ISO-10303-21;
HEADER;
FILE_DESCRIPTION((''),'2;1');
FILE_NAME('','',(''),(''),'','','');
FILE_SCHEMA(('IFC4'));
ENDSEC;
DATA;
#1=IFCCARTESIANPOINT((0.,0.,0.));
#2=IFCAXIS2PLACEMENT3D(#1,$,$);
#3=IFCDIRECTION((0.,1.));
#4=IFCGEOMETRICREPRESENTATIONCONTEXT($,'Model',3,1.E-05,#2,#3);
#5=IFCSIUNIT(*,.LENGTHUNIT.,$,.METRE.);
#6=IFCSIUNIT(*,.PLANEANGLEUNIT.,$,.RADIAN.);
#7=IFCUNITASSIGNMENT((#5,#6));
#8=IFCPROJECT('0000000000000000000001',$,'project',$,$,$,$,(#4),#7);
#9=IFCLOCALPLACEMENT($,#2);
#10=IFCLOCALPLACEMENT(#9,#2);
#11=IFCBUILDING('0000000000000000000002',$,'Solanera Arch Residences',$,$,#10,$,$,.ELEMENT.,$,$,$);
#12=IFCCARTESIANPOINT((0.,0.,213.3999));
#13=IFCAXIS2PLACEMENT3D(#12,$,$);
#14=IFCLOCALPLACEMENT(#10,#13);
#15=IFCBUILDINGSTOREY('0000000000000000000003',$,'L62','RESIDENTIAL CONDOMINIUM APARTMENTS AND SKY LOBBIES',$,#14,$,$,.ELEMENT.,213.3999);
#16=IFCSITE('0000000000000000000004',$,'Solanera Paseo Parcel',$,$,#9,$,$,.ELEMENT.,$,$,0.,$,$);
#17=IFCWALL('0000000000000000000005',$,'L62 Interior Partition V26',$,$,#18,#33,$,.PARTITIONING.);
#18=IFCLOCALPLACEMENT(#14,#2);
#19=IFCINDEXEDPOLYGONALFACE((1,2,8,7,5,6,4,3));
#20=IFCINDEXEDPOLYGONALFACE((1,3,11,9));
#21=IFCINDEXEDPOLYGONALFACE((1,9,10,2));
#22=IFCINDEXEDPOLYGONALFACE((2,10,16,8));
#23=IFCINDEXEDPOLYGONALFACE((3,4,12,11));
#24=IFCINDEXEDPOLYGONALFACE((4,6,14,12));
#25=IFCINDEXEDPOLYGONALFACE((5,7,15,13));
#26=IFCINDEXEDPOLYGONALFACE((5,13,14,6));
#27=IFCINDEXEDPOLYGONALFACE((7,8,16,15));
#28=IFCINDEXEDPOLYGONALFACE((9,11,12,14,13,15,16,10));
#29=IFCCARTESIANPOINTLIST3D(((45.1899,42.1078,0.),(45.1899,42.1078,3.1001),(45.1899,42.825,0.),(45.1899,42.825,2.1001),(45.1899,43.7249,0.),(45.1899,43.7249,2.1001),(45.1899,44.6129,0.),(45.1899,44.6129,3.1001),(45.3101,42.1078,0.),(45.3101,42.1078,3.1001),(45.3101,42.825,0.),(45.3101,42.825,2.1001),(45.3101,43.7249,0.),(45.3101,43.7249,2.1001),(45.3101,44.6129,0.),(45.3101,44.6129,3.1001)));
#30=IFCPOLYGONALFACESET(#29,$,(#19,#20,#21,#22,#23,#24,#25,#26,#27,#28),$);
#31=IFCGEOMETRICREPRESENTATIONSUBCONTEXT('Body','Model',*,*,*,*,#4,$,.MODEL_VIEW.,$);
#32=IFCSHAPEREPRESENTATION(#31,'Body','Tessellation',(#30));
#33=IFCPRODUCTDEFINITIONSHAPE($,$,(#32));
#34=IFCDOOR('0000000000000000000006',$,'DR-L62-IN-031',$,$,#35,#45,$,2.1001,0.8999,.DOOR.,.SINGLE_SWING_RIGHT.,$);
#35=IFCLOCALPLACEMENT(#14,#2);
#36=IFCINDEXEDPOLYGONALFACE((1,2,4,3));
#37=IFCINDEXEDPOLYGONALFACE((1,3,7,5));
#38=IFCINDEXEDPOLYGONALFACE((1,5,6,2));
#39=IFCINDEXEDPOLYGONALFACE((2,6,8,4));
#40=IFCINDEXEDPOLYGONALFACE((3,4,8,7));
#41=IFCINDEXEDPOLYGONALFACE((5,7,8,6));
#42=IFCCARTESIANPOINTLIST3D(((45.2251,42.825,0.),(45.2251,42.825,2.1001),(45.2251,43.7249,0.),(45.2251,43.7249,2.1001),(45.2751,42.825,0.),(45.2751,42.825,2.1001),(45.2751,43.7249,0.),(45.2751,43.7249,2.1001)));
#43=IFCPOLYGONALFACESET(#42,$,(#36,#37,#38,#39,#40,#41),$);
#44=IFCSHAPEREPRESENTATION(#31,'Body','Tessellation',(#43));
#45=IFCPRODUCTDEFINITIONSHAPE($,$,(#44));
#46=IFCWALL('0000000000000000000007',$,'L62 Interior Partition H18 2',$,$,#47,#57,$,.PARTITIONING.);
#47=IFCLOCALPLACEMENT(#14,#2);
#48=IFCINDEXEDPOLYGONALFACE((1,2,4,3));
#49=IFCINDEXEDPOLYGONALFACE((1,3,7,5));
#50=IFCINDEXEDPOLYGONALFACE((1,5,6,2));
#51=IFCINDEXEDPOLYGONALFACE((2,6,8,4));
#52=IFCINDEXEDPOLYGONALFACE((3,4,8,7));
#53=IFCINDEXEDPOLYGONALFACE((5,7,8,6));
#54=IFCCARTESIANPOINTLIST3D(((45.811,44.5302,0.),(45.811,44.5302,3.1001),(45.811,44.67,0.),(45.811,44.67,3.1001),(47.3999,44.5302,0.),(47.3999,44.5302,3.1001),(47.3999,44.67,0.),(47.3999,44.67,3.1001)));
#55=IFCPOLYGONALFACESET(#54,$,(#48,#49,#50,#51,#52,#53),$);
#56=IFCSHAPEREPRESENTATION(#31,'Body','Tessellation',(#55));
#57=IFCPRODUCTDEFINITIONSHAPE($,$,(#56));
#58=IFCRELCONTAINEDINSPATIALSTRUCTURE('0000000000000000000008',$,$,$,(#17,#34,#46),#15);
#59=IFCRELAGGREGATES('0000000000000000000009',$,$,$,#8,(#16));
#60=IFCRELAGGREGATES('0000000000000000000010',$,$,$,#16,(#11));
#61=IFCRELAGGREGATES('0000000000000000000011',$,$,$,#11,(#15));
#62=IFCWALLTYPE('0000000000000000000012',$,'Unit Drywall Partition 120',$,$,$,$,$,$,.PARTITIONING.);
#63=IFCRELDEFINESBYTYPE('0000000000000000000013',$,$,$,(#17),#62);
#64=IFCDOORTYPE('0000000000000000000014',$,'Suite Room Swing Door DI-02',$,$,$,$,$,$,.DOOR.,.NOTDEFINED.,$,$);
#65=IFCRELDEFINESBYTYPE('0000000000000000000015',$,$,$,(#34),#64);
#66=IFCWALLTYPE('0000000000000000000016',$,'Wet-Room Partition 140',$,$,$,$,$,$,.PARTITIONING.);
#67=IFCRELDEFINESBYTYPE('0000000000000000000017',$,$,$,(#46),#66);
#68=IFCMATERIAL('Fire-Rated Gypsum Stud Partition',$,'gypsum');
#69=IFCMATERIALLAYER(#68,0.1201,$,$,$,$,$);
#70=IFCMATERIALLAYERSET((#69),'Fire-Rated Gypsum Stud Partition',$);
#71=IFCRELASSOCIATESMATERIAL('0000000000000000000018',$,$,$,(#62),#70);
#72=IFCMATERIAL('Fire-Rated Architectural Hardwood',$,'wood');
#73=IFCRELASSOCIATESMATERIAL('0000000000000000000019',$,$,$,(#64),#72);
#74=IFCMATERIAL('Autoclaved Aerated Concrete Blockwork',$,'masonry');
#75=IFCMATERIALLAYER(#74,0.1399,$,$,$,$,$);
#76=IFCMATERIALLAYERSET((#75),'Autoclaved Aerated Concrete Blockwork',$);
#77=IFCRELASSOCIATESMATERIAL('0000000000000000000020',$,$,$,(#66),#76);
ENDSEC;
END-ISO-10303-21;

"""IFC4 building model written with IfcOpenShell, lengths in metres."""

from ifc_helpers import new_model, si_unit, direction, frame, frame_2d, origin, place, context, subcontext, project, spatial, rectangle, extrude, material, layer, layer_set, type_object, element, fill, save


model = new_model("IFC4")

# Units and contexts
model_context = context("Model", 3, precision=1e-05, world=origin(), true_north=direction((0.0, 1.0)))
body_context = subcontext(model_context, "Body", "Model", "MODEL_VIEW")
ifc_project = project(units=[si_unit("LENGTHUNIT", "METRE"), si_unit("PLANEANGLEUNIT", "RADIAN")], contexts=[model_context])

# Site, building, storey
site_placement = place(None, origin())
site = spatial("IfcSite", under=ifc_project, at=site_placement, Name="Solanera Paseo Parcel", CompositionType="ELEMENT", RefElevation=0.0)
building_placement = place(site_placement, origin())
building = spatial("IfcBuilding", under=site, at=building_placement, Name="Solanera Arch Residences", CompositionType="ELEMENT")
storey_placement = place(building_placement, frame((0.0, 0.0, 213.3999)))
storey = spatial("IfcBuildingStorey", under=building, at=storey_placement, Name="L62", Description="RESIDENTIAL CONDOMINIUM APARTMENTS AND SKY LOBBIES", CompositionType="ELEMENT", Elevation=213.3999)

# Wall, opening, door
ifc_material_1 = material(Name="Fire-Rated Gypsum Stud Partition", Category="gypsum")
ifc_layer_1 = layer(ifc_material_1, 0.1201)
ifc_layer_set_1 = layer_set([ifc_layer_1], Name="Fire-Rated Gypsum Stud Partition")
wall_type_1 = type_object("IfcWallType", Name="Unit Drywall Partition 120", PredefinedType="PARTITIONING", material=ifc_layer_set_1)
wall_1_placement = place(storey_placement, frame((45.25, 42.1079, 0.0), z_axis=(0.0, 0.0, 1.0), x_axis=(0.0, 1.0, 0.0)))
wall_1 = element("IfcWall", 1, at=wall_1_placement, inside=storey, type_object=wall_type_1, Name="L62 Interior Partition V26", PredefinedType="PARTITIONING", context=body_context, shape_type="SweptSolid", body=[
    extrude(rectangle(XDim=2.5051, YDim=0.1201, at=frame_2d((1.2524, 0.0))), origin(), (0.0, 0.0, 1.0), 3.1001),
])
opening_1_placement = place(wall_1_placement, frame((0.717, 0.0, 0.0)))
opening_1 = element("IfcOpeningElement", 2, at=opening_1_placement, cuts=wall_1, PredefinedType="OPENING", context=body_context, shape_type="SweptSolid", body=[
    extrude(rectangle(XDim=0.8999, YDim=2.1001, at=frame_2d((0.45, 1.05))), frame((0.0, 0.0701, 0.0), z_axis=(0.0, -1.0, 0.0), x_axis=(1.0, 0.0, 0.0)), (0.0, 0.0, 1.0), 0.1401),
])
ifc_material_2 = material(Name="Fire-Rated Architectural Hardwood", Category="wood")
door_type_1 = type_object("IfcDoorType", Name="Suite Room Swing Door DI-02", OperationType="NOTDEFINED", PredefinedType="DOOR", material=ifc_material_2)
door_1_placement = place(opening_1_placement, origin())
door_1 = element("IfcDoor", 3, at=door_1_placement, inside=storey, type_object=door_type_1, Name="DR-L62-IN-031", OperationType="SINGLE_SWING_RIGHT", OverallHeight=2.1001, OverallWidth=0.8999, PredefinedType="DOOR", context=body_context, shape_type="SweptSolid", body=[
    extrude(rectangle(XDim=0.8999, YDim=2.1001, at=frame_2d((0.45, 1.05))), frame((0.0, 0.0249, 0.0), z_axis=(0.0, -1.0, 0.0), x_axis=(1.0, 0.0, 0.0)), (0.0, 0.0, 1.0), 0.05),
])
fill(opening_1, door_1)

# Wall
ifc_material_3 = material(Name="Autoclaved Aerated Concrete Blockwork", Category="masonry")
ifc_layer_2 = layer(ifc_material_3, 0.1399)
ifc_layer_set_2 = layer_set([ifc_layer_2], Name="Autoclaved Aerated Concrete Blockwork")
wall_type_2 = type_object("IfcWallType", Name="Wet-Room Partition 140", PredefinedType="PARTITIONING", material=ifc_layer_set_2)
wall_2_placement = place(storey_placement, frame((45.811, 44.6001, 0.0), z_axis=(0.0, 0.0, 1.0), x_axis=(1.0, 0.0, 0.0)))
element("IfcWall", 4, at=wall_2_placement, inside=storey, type_object=wall_type_2, Name="L62 Interior Partition H18 2", PredefinedType="PARTITIONING", context=body_context, shape_type="SweptSolid", body=[
    extrude(rectangle(XDim=1.5889, YDim=0.1399, at=frame_2d((0.7944, 0.0))), origin(), (0.0, 0.0, 1.0), 3.1001),
])

save(model, "model.ifc")
